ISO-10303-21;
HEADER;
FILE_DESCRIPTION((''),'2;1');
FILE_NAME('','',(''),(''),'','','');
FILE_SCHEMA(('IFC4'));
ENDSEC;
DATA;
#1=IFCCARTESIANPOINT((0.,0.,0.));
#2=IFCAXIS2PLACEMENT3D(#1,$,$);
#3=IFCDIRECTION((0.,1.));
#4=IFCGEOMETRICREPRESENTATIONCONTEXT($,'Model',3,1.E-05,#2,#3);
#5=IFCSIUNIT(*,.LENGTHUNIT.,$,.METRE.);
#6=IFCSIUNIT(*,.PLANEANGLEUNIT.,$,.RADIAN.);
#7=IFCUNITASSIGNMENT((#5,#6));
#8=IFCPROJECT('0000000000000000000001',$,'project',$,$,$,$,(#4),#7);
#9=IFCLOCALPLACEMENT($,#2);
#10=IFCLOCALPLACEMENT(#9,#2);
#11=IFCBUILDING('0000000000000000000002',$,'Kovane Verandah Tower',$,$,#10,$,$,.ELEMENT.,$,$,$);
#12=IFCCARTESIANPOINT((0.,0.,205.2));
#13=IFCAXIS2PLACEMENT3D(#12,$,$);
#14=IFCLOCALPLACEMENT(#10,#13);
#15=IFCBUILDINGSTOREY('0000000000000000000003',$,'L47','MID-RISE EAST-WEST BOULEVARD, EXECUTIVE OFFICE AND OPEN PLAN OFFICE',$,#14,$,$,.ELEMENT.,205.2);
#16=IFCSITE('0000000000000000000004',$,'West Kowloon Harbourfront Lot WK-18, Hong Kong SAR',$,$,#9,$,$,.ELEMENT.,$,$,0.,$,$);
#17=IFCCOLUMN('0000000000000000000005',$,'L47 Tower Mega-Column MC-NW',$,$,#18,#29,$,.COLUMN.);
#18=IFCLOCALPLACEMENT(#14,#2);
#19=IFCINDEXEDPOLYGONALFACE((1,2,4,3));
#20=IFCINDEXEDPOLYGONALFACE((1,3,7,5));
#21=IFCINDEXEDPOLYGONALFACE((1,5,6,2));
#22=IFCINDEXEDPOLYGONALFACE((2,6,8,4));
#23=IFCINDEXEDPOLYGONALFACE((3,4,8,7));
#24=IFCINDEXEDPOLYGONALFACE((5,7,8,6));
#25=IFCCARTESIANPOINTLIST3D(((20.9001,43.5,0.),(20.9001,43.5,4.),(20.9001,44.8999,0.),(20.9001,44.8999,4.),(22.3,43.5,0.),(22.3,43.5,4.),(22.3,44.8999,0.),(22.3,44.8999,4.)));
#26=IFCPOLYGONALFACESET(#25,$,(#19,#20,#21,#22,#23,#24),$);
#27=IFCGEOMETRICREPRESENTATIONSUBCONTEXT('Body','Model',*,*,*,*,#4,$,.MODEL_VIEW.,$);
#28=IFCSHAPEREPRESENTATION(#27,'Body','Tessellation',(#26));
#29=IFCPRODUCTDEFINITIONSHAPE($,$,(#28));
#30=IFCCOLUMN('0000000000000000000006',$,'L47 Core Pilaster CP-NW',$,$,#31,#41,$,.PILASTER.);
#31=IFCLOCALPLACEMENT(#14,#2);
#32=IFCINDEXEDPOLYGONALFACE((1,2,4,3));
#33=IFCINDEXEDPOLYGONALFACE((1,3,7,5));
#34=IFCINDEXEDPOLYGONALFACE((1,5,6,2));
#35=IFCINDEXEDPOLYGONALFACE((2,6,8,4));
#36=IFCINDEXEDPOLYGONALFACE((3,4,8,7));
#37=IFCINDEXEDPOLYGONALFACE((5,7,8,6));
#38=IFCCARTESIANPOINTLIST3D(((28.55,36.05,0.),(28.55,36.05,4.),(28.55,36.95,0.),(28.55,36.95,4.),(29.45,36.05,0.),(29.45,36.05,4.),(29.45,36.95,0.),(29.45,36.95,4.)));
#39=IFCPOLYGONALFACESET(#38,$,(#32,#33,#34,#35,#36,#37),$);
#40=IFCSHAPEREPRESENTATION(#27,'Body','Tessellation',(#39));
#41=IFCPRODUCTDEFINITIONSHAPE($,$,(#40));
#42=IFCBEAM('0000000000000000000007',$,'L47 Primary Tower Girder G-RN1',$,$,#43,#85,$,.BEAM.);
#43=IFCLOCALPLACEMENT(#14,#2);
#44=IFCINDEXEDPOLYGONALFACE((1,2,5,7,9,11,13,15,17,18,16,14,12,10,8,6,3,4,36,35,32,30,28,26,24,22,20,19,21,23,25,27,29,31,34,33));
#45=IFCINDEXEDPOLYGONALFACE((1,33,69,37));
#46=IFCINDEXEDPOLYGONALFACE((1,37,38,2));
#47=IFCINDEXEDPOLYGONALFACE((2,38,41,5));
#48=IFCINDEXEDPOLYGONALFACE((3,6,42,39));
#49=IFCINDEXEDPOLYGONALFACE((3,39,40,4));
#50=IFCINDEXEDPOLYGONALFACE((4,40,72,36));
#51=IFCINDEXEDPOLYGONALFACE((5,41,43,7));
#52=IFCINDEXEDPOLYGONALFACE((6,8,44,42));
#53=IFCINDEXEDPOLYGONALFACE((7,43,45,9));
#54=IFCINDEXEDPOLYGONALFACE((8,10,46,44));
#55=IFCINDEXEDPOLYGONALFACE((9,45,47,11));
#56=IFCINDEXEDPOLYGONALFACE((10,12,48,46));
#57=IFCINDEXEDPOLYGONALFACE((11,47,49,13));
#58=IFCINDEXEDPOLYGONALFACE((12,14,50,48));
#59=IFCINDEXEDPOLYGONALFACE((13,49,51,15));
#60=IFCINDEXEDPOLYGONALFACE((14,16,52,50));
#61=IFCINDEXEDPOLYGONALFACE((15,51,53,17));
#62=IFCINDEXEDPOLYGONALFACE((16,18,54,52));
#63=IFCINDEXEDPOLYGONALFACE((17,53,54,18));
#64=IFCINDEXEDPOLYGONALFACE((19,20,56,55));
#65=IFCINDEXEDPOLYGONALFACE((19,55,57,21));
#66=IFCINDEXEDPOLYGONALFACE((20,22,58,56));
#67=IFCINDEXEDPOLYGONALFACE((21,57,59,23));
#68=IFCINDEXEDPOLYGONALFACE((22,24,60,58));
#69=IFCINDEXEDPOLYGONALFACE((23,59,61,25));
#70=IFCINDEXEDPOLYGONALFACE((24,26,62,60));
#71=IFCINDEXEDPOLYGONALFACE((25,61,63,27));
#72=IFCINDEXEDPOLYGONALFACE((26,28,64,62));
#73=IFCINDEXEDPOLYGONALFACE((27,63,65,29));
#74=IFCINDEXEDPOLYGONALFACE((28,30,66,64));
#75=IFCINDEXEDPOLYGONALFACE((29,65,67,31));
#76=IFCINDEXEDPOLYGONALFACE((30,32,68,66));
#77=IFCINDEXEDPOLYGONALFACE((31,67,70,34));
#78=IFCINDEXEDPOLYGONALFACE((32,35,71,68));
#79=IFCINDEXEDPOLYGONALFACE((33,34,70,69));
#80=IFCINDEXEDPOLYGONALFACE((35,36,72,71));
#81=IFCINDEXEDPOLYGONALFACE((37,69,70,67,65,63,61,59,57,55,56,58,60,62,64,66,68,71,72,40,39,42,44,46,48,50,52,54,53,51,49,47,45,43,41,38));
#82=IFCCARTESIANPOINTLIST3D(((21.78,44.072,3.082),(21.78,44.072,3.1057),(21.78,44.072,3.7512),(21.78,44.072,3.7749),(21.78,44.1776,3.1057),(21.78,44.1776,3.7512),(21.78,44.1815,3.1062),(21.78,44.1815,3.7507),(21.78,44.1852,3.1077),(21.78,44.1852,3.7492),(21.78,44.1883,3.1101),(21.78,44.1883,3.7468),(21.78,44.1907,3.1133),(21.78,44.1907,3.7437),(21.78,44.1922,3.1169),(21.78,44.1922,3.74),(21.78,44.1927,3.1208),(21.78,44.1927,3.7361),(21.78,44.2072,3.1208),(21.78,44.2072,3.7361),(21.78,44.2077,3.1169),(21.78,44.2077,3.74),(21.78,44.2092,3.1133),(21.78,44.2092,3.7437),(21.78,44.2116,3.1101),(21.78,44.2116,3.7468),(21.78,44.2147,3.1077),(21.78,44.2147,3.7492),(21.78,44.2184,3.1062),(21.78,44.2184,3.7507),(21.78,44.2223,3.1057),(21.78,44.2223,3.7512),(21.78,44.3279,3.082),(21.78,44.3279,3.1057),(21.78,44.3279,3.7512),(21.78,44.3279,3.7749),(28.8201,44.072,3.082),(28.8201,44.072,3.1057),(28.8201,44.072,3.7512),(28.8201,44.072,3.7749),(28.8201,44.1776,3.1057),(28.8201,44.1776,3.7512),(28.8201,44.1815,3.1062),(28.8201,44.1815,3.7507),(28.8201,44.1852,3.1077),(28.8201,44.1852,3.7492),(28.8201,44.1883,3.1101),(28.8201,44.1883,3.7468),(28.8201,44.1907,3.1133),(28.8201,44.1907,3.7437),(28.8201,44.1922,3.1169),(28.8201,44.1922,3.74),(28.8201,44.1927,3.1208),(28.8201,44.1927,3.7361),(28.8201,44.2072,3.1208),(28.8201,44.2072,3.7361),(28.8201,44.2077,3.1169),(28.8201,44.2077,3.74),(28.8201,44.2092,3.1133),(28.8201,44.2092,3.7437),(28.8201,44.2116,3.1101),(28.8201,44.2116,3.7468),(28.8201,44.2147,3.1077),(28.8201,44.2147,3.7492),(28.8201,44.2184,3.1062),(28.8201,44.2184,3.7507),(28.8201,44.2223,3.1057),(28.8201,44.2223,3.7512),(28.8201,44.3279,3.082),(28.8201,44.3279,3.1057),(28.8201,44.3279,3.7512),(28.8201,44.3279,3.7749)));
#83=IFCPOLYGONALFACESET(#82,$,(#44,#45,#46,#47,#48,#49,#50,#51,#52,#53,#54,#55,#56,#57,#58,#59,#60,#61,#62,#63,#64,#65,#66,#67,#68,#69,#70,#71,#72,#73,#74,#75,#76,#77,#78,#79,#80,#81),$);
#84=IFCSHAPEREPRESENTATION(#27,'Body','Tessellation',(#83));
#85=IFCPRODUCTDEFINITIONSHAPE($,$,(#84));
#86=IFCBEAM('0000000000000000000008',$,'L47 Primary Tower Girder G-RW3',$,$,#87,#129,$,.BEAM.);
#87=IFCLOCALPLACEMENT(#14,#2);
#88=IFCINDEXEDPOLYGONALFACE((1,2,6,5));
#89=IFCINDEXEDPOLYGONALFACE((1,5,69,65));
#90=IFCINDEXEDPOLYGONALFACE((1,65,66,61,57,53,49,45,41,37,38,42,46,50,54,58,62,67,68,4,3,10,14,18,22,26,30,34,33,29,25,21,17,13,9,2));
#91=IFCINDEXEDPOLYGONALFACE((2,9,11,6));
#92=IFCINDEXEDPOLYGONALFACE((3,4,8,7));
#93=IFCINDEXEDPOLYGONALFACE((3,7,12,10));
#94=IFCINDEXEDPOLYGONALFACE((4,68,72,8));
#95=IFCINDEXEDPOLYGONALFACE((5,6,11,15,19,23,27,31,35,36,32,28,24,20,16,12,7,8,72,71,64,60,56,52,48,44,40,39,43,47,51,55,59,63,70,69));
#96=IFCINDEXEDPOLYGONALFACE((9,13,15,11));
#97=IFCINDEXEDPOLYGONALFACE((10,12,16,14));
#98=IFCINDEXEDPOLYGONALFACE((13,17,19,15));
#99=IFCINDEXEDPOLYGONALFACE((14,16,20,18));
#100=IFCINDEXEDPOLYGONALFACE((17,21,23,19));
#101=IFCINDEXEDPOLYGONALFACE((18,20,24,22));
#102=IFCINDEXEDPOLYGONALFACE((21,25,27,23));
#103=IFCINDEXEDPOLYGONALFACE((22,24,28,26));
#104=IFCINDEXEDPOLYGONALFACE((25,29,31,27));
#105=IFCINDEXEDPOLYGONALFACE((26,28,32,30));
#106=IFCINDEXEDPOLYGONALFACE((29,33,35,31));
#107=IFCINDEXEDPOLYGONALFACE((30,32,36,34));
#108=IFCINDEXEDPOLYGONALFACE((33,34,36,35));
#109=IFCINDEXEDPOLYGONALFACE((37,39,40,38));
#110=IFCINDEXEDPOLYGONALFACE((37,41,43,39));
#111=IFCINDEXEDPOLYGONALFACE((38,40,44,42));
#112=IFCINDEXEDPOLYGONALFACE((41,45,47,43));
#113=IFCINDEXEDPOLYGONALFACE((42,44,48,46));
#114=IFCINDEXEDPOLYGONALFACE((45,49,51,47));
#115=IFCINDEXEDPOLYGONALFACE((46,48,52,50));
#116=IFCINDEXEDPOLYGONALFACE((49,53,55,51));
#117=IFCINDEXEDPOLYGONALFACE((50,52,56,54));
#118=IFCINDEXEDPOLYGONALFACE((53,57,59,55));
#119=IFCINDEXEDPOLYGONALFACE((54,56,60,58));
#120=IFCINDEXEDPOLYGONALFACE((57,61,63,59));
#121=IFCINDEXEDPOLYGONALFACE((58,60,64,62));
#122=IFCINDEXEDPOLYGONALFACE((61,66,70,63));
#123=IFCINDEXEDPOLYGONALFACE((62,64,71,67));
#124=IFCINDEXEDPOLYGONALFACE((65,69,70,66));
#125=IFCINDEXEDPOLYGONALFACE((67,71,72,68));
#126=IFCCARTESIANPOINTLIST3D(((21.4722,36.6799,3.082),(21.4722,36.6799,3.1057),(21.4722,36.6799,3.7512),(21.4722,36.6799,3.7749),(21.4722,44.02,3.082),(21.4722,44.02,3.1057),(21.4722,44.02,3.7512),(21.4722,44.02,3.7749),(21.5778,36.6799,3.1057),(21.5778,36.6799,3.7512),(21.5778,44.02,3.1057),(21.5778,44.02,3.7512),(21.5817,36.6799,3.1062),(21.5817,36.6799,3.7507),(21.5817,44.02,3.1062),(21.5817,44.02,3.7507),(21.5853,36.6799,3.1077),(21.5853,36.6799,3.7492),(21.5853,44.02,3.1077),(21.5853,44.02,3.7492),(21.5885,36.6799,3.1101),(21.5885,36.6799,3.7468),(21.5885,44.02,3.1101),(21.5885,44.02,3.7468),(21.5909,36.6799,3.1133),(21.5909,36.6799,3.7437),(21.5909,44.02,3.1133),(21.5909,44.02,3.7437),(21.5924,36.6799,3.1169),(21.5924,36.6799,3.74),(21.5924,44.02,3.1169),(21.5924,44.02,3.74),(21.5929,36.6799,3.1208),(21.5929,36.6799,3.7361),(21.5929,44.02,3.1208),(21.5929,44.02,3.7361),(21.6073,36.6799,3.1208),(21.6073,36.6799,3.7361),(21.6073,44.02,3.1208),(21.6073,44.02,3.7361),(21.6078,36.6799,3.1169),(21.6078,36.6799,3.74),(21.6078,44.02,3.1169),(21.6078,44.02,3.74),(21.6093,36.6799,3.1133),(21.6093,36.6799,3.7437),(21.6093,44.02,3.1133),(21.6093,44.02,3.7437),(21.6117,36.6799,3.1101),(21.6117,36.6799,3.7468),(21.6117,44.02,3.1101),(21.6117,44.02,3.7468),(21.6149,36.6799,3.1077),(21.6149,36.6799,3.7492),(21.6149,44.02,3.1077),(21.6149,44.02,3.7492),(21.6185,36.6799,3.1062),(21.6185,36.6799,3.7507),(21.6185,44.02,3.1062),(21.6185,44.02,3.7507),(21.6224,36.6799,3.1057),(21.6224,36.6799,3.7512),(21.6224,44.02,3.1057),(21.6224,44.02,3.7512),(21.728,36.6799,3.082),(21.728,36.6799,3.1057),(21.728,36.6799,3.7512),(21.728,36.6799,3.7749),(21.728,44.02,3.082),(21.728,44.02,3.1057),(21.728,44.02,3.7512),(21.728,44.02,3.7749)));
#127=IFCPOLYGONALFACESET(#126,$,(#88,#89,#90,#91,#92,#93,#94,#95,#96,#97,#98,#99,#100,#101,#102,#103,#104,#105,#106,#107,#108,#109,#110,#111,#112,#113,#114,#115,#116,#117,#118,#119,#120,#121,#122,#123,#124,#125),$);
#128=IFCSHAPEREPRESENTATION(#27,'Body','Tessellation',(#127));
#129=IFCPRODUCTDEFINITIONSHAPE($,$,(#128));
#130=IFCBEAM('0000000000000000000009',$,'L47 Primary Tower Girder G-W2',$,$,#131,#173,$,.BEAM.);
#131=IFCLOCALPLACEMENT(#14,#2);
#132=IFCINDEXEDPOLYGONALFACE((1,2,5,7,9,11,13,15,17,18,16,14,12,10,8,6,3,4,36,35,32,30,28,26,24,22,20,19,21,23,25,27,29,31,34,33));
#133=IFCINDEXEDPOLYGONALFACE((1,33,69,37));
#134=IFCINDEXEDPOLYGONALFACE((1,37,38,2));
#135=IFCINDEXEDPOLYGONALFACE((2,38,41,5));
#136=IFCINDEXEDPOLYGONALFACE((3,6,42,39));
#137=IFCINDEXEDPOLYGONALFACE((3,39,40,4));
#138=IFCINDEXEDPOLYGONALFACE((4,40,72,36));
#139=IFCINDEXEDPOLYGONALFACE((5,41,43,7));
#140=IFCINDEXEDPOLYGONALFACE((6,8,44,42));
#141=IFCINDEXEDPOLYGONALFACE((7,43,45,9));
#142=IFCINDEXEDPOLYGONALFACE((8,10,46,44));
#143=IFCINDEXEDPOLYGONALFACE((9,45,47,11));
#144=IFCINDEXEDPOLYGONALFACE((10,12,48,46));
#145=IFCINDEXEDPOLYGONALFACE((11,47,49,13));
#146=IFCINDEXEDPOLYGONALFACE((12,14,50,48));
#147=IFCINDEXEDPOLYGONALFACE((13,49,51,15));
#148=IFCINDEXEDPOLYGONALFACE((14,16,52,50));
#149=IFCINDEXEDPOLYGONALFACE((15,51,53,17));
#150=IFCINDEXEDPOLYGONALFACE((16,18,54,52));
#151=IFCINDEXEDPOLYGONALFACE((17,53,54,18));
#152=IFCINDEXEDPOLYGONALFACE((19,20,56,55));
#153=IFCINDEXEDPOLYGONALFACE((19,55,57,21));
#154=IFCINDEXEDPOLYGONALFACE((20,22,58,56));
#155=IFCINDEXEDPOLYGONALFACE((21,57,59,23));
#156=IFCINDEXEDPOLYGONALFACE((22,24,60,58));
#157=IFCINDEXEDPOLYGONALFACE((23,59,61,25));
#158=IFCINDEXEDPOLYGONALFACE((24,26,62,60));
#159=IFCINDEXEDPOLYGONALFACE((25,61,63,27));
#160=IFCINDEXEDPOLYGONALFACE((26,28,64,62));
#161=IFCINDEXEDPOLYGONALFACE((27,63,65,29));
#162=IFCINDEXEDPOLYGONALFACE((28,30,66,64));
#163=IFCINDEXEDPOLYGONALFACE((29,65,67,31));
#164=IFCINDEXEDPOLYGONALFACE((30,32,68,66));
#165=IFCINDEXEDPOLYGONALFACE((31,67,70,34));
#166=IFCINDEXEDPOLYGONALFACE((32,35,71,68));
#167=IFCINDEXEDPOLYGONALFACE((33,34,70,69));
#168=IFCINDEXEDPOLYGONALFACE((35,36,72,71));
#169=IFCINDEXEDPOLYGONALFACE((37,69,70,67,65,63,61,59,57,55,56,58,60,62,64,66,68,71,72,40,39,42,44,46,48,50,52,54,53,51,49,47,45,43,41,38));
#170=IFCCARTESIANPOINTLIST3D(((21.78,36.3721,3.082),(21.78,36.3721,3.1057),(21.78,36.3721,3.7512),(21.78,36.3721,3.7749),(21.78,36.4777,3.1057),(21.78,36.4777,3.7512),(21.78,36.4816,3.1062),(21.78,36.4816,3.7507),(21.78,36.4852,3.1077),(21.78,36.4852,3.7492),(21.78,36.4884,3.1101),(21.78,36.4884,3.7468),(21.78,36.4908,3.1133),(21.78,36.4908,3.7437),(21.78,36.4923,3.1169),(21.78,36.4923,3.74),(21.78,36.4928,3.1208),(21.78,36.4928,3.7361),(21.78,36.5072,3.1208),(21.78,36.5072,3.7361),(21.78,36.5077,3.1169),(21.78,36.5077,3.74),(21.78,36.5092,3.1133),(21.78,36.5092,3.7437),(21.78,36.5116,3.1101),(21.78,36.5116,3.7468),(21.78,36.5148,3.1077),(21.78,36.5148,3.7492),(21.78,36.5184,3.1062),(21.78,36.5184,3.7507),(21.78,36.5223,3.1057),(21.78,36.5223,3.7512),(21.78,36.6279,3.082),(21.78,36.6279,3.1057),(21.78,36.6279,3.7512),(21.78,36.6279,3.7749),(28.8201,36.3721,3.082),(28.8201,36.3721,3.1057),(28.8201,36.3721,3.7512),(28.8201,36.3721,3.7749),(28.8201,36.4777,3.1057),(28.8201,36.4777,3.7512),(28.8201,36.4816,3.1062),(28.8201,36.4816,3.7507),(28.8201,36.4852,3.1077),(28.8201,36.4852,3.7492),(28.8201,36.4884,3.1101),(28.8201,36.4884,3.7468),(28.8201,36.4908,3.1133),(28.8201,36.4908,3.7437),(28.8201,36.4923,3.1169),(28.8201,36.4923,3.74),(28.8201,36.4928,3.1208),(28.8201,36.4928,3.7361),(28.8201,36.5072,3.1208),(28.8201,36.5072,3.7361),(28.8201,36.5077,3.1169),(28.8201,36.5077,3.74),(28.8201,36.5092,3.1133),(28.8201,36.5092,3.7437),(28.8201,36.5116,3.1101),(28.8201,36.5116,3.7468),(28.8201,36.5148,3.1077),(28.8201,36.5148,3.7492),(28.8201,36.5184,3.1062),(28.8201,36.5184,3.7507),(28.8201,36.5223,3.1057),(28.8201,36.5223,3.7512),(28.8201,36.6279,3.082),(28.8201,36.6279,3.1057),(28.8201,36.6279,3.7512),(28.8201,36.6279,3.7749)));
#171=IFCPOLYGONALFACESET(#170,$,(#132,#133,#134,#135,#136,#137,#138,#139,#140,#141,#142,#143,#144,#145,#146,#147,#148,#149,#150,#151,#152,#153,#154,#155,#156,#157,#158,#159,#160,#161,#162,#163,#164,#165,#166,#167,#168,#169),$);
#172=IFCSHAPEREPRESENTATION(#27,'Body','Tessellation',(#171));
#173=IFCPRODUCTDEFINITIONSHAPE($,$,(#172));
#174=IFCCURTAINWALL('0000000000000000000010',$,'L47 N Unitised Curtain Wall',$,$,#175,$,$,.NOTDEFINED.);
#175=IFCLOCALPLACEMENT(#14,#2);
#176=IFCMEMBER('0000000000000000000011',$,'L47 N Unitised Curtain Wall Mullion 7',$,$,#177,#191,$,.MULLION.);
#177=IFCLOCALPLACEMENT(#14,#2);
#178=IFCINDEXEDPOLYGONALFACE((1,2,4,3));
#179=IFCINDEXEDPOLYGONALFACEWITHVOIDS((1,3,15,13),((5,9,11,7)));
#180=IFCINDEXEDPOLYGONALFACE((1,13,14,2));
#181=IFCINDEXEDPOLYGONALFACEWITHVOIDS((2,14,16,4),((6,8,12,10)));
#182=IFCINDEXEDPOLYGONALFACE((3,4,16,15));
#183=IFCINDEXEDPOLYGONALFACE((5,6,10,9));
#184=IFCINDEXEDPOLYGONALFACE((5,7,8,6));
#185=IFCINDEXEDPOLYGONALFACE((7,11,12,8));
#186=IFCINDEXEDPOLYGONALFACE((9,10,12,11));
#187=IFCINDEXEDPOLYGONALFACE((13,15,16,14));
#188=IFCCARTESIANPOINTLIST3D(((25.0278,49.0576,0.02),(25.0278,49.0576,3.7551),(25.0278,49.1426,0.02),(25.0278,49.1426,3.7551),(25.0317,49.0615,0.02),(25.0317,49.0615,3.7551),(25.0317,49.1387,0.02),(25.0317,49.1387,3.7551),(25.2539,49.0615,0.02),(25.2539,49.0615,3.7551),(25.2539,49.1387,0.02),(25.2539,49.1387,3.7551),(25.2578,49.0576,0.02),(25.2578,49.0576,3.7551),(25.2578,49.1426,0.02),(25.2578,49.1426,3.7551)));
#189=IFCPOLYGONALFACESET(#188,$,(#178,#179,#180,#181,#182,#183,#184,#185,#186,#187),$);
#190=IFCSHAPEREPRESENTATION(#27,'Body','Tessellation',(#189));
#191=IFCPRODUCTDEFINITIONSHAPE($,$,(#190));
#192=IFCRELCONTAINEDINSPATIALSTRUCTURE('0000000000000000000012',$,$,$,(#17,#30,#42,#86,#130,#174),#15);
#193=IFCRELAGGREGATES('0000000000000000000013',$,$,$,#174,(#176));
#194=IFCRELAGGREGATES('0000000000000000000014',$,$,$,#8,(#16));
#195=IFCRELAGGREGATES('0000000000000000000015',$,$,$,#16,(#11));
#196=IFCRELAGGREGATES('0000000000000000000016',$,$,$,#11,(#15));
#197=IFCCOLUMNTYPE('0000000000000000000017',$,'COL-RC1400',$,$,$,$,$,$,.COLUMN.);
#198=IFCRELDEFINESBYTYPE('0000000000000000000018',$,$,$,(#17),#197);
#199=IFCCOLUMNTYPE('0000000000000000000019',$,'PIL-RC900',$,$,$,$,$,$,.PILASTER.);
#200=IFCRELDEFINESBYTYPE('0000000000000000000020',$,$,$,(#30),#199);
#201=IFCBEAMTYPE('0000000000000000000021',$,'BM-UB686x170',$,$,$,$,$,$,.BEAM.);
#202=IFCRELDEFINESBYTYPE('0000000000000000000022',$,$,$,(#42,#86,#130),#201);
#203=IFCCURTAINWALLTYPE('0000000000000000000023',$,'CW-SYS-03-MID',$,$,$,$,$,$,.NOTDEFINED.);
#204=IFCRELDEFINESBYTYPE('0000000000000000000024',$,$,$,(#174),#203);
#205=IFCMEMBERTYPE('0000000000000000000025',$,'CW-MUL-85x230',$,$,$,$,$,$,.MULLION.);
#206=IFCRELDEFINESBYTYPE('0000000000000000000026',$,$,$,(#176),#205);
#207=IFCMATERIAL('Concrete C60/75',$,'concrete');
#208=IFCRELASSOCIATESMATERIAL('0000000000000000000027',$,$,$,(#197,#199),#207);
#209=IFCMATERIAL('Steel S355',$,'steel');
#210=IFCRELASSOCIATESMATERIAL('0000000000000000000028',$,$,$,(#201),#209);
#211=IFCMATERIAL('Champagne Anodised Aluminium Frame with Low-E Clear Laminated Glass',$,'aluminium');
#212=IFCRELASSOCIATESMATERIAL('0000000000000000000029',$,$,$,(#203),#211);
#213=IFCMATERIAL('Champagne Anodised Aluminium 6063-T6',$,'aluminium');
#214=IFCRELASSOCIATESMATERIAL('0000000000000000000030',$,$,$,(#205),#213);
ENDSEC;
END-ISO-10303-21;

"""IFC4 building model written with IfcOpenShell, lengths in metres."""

from ifc_helpers import new_model, si_unit, direction, frame, origin, origin_2d, place, context, subcontext, project, spatial, rectangle, hollow_rectangle, i_section, extrude, material, material_profile, profile_set, type_object, element, aggregate, save


model = new_model("IFC4")

# Units and contexts
model_context = context("Model", 3, precision=1e-05, world=origin(), true_north=direction((0.0, 1.0)))
body_context = subcontext(model_context, "Body", "Model", "MODEL_VIEW")
ifc_project = project(units=[si_unit("LENGTHUNIT", "METRE"), si_unit("PLANEANGLEUNIT", "RADIAN")], contexts=[model_context])

# Site, building, storey
site_placement = place(None, origin())
site = spatial("IfcSite", under=ifc_project, at=site_placement, Name="West Kowloon Harbourfront Lot WK-18, Hong Kong SAR", CompositionType="ELEMENT", RefElevation=0.0)
building_placement = place(site_placement, origin())
building = spatial("IfcBuilding", under=site, at=building_placement, Name="Kovane Verandah Tower", CompositionType="ELEMENT")
storey_placement = place(building_placement, frame((0.0, 0.0, 205.2)))
storey = spatial("IfcBuildingStorey", under=building, at=storey_placement, Name="L47", Description="MID-RISE EAST-WEST BOULEVARD, EXECUTIVE OFFICE AND OPEN PLAN OFFICE", CompositionType="ELEMENT", Elevation=205.2)

# Columns
ifc_material_1 = material(Name="Concrete C60/75", Category="concrete")
ifc_material_profile_1 = material_profile(ifc_material_1, rectangle(XDim=1.3999, YDim=1.3999, at=origin_2d()), Name="RC1400x1400")
ifc_profile_set_1 = profile_set([ifc_material_profile_1], Name="Concrete C60/75")
column_type_1 = type_object("IfcColumnType", Name="COL-RC1400", PredefinedType="COLUMN", material=ifc_profile_set_1)
column_1_placement = place(storey_placement, frame((21.6001, 44.2, 0.0), z_axis=(0.0, 0.0, 1.0), x_axis=(1.0, 0.0, 0.0)))
element("IfcColumn", 1, at=column_1_placement, inside=storey, type_object=column_type_1, Name="L47 Tower Mega-Column MC-NW", PredefinedType="COLUMN", context=body_context, shape_type="SweptSolid", body=[
    extrude(rectangle(XDim=1.3999, YDim=1.3999, at=origin_2d()), origin(), (0.0, 0.0, 1.0), 4.0),
])
ifc_material_profile_2 = material_profile(ifc_material_1, rectangle(XDim=0.8999, YDim=0.8999, at=origin_2d()), Name="RC900x900")
ifc_profile_set_2 = profile_set([ifc_material_profile_2], Name="Concrete C60/75")
column_type_2 = type_object("IfcColumnType", Name="PIL-RC900", PredefinedType="PILASTER", material=ifc_profile_set_2)
column_2_placement = place(storey_placement, frame((29.0, 36.5, 0.0), z_axis=(0.0, 0.0, 1.0), x_axis=(1.0, 0.0, 0.0)))
element("IfcColumn", 2, at=column_2_placement, inside=storey, type_object=column_type_2, Name="L47 Core Pilaster CP-NW", PredefinedType="PILASTER", context=body_context, shape_type="SweptSolid", body=[
    extrude(rectangle(XDim=0.8999, YDim=0.8999, at=origin_2d()), origin(), (0.0, 0.0, 1.0), 4.0),
])

# Beams
ifc_material_2 = material(Name="Steel S355", Category="steel")
ifc_material_profile_3 = material_profile(ifc_material_2, i_section(OverallWidth=0.2559, OverallDepth=0.6929, WebThickness=0.0144, FlangeThickness=0.0237, FilletRadius=0.0151, at=origin_2d()), Name="UB686x254x170")
ifc_profile_set_3 = profile_set([ifc_material_profile_3], Name="Steel S355")
beam_type_1 = type_object("IfcBeamType", Name="BM-UB686x170", PredefinedType="BEAM", material=ifc_profile_set_3)
beam_1_placement = place(storey_placement, frame((21.78, 44.2, 3.4285), z_axis=(1.0, 0.0, 0.0), x_axis=(0.0, 1.0, 0.0)))
element("IfcBeam", 3, at=beam_1_placement, inside=storey, type_object=beam_type_1, Name="L47 Primary Tower Girder G-RN1", PredefinedType="BEAM", context=body_context, shape_type="SweptSolid", body=[
    extrude(i_section(OverallWidth=0.2559, OverallDepth=0.6929, WebThickness=0.0144, FlangeThickness=0.0237, FilletRadius=0.0151, at=origin_2d()), origin(), (0.0, 0.0, 1.0), 7.04),
])
beam_2_placement = place(storey_placement, frame((21.6001, 36.6799, 3.4285), z_axis=(0.0, 1.0, 0.0), x_axis=(-1.0, 0.0, 0.0)))
element("IfcBeam", 4, at=beam_2_placement, inside=storey, type_object=beam_type_1, Name="L47 Primary Tower Girder G-RW3", PredefinedType="BEAM", context=body_context, shape_type="SweptSolid", body=[
    extrude(i_section(OverallWidth=0.2559, OverallDepth=0.6929, WebThickness=0.0144, FlangeThickness=0.0237, FilletRadius=0.0151, at=origin_2d()), origin(), (0.0, 0.0, 1.0), 7.3401),
])
beam_3_placement = place(storey_placement, frame((28.8201, 36.5, 3.4285), z_axis=(-1.0, 0.0, 0.0), x_axis=(0.0, -1.0, 0.0)))
element("IfcBeam", 5, at=beam_3_placement, inside=storey, type_object=beam_type_1, Name="L47 Primary Tower Girder G-W2", PredefinedType="BEAM", context=body_context, shape_type="SweptSolid", body=[
    extrude(i_section(OverallWidth=0.2559, OverallDepth=0.6929, WebThickness=0.0144, FlangeThickness=0.0237, FilletRadius=0.0151, at=origin_2d()), origin(), (0.0, 0.0, 1.0), 7.04),
])

# Curtain wall, member
ifc_material_3 = material(Name="Champagne Anodised Aluminium Frame with Low-E Clear Laminated Glass", Category="aluminium")
curtain_wall_type = type_object("IfcCurtainWallType", Name="CW-SYS-03-MID", PredefinedType="NOTDEFINED", material=ifc_material_3)
curtain_wall_placement = place(storey_placement, origin())
curtain_wall = element("IfcCurtainWall", 6, at=curtain_wall_placement, inside=storey, type_object=curtain_wall_type, Name="L47 N Unitised Curtain Wall", PredefinedType="NOTDEFINED")
ifc_material_4 = material(Name="Champagne Anodised Aluminium 6063-T6", Category="aluminium")
ifc_material_profile_4 = material_profile(ifc_material_4, hollow_rectangle(XDim=0.085, YDim=0.23, WallThickness=0.0039, at=origin_2d()), Name="AL85x230x4")
ifc_profile_set_4 = profile_set([ifc_material_profile_4], Name="Champagne Anodised Aluminium 6063-T6")
member_type_1 = type_object("IfcMemberType", Name="CW-MUL-85x230", PredefinedType="MULLION", material=ifc_profile_set_4)
member_1_placement = place(storey_placement, frame((25.1428, 49.1001, 0.02), z_axis=(0.0, 0.0, 1.0), x_axis=(0.0, 1.0, 0.0)))
member_1 = element("IfcMember", 7, at=member_1_placement, type_object=member_type_1, Name="L47 N Unitised Curtain Wall Mullion 7", PredefinedType="MULLION", context=body_context, shape_type="SweptSolid", body=[
    extrude(hollow_rectangle(XDim=0.085, YDim=0.23, WallThickness=0.0039, at=origin_2d()), origin(), (0.0, 0.0, 1.0), 3.7351),
])

aggregate(curtain_wall, [member_1])

save(model, "model.ifc")
